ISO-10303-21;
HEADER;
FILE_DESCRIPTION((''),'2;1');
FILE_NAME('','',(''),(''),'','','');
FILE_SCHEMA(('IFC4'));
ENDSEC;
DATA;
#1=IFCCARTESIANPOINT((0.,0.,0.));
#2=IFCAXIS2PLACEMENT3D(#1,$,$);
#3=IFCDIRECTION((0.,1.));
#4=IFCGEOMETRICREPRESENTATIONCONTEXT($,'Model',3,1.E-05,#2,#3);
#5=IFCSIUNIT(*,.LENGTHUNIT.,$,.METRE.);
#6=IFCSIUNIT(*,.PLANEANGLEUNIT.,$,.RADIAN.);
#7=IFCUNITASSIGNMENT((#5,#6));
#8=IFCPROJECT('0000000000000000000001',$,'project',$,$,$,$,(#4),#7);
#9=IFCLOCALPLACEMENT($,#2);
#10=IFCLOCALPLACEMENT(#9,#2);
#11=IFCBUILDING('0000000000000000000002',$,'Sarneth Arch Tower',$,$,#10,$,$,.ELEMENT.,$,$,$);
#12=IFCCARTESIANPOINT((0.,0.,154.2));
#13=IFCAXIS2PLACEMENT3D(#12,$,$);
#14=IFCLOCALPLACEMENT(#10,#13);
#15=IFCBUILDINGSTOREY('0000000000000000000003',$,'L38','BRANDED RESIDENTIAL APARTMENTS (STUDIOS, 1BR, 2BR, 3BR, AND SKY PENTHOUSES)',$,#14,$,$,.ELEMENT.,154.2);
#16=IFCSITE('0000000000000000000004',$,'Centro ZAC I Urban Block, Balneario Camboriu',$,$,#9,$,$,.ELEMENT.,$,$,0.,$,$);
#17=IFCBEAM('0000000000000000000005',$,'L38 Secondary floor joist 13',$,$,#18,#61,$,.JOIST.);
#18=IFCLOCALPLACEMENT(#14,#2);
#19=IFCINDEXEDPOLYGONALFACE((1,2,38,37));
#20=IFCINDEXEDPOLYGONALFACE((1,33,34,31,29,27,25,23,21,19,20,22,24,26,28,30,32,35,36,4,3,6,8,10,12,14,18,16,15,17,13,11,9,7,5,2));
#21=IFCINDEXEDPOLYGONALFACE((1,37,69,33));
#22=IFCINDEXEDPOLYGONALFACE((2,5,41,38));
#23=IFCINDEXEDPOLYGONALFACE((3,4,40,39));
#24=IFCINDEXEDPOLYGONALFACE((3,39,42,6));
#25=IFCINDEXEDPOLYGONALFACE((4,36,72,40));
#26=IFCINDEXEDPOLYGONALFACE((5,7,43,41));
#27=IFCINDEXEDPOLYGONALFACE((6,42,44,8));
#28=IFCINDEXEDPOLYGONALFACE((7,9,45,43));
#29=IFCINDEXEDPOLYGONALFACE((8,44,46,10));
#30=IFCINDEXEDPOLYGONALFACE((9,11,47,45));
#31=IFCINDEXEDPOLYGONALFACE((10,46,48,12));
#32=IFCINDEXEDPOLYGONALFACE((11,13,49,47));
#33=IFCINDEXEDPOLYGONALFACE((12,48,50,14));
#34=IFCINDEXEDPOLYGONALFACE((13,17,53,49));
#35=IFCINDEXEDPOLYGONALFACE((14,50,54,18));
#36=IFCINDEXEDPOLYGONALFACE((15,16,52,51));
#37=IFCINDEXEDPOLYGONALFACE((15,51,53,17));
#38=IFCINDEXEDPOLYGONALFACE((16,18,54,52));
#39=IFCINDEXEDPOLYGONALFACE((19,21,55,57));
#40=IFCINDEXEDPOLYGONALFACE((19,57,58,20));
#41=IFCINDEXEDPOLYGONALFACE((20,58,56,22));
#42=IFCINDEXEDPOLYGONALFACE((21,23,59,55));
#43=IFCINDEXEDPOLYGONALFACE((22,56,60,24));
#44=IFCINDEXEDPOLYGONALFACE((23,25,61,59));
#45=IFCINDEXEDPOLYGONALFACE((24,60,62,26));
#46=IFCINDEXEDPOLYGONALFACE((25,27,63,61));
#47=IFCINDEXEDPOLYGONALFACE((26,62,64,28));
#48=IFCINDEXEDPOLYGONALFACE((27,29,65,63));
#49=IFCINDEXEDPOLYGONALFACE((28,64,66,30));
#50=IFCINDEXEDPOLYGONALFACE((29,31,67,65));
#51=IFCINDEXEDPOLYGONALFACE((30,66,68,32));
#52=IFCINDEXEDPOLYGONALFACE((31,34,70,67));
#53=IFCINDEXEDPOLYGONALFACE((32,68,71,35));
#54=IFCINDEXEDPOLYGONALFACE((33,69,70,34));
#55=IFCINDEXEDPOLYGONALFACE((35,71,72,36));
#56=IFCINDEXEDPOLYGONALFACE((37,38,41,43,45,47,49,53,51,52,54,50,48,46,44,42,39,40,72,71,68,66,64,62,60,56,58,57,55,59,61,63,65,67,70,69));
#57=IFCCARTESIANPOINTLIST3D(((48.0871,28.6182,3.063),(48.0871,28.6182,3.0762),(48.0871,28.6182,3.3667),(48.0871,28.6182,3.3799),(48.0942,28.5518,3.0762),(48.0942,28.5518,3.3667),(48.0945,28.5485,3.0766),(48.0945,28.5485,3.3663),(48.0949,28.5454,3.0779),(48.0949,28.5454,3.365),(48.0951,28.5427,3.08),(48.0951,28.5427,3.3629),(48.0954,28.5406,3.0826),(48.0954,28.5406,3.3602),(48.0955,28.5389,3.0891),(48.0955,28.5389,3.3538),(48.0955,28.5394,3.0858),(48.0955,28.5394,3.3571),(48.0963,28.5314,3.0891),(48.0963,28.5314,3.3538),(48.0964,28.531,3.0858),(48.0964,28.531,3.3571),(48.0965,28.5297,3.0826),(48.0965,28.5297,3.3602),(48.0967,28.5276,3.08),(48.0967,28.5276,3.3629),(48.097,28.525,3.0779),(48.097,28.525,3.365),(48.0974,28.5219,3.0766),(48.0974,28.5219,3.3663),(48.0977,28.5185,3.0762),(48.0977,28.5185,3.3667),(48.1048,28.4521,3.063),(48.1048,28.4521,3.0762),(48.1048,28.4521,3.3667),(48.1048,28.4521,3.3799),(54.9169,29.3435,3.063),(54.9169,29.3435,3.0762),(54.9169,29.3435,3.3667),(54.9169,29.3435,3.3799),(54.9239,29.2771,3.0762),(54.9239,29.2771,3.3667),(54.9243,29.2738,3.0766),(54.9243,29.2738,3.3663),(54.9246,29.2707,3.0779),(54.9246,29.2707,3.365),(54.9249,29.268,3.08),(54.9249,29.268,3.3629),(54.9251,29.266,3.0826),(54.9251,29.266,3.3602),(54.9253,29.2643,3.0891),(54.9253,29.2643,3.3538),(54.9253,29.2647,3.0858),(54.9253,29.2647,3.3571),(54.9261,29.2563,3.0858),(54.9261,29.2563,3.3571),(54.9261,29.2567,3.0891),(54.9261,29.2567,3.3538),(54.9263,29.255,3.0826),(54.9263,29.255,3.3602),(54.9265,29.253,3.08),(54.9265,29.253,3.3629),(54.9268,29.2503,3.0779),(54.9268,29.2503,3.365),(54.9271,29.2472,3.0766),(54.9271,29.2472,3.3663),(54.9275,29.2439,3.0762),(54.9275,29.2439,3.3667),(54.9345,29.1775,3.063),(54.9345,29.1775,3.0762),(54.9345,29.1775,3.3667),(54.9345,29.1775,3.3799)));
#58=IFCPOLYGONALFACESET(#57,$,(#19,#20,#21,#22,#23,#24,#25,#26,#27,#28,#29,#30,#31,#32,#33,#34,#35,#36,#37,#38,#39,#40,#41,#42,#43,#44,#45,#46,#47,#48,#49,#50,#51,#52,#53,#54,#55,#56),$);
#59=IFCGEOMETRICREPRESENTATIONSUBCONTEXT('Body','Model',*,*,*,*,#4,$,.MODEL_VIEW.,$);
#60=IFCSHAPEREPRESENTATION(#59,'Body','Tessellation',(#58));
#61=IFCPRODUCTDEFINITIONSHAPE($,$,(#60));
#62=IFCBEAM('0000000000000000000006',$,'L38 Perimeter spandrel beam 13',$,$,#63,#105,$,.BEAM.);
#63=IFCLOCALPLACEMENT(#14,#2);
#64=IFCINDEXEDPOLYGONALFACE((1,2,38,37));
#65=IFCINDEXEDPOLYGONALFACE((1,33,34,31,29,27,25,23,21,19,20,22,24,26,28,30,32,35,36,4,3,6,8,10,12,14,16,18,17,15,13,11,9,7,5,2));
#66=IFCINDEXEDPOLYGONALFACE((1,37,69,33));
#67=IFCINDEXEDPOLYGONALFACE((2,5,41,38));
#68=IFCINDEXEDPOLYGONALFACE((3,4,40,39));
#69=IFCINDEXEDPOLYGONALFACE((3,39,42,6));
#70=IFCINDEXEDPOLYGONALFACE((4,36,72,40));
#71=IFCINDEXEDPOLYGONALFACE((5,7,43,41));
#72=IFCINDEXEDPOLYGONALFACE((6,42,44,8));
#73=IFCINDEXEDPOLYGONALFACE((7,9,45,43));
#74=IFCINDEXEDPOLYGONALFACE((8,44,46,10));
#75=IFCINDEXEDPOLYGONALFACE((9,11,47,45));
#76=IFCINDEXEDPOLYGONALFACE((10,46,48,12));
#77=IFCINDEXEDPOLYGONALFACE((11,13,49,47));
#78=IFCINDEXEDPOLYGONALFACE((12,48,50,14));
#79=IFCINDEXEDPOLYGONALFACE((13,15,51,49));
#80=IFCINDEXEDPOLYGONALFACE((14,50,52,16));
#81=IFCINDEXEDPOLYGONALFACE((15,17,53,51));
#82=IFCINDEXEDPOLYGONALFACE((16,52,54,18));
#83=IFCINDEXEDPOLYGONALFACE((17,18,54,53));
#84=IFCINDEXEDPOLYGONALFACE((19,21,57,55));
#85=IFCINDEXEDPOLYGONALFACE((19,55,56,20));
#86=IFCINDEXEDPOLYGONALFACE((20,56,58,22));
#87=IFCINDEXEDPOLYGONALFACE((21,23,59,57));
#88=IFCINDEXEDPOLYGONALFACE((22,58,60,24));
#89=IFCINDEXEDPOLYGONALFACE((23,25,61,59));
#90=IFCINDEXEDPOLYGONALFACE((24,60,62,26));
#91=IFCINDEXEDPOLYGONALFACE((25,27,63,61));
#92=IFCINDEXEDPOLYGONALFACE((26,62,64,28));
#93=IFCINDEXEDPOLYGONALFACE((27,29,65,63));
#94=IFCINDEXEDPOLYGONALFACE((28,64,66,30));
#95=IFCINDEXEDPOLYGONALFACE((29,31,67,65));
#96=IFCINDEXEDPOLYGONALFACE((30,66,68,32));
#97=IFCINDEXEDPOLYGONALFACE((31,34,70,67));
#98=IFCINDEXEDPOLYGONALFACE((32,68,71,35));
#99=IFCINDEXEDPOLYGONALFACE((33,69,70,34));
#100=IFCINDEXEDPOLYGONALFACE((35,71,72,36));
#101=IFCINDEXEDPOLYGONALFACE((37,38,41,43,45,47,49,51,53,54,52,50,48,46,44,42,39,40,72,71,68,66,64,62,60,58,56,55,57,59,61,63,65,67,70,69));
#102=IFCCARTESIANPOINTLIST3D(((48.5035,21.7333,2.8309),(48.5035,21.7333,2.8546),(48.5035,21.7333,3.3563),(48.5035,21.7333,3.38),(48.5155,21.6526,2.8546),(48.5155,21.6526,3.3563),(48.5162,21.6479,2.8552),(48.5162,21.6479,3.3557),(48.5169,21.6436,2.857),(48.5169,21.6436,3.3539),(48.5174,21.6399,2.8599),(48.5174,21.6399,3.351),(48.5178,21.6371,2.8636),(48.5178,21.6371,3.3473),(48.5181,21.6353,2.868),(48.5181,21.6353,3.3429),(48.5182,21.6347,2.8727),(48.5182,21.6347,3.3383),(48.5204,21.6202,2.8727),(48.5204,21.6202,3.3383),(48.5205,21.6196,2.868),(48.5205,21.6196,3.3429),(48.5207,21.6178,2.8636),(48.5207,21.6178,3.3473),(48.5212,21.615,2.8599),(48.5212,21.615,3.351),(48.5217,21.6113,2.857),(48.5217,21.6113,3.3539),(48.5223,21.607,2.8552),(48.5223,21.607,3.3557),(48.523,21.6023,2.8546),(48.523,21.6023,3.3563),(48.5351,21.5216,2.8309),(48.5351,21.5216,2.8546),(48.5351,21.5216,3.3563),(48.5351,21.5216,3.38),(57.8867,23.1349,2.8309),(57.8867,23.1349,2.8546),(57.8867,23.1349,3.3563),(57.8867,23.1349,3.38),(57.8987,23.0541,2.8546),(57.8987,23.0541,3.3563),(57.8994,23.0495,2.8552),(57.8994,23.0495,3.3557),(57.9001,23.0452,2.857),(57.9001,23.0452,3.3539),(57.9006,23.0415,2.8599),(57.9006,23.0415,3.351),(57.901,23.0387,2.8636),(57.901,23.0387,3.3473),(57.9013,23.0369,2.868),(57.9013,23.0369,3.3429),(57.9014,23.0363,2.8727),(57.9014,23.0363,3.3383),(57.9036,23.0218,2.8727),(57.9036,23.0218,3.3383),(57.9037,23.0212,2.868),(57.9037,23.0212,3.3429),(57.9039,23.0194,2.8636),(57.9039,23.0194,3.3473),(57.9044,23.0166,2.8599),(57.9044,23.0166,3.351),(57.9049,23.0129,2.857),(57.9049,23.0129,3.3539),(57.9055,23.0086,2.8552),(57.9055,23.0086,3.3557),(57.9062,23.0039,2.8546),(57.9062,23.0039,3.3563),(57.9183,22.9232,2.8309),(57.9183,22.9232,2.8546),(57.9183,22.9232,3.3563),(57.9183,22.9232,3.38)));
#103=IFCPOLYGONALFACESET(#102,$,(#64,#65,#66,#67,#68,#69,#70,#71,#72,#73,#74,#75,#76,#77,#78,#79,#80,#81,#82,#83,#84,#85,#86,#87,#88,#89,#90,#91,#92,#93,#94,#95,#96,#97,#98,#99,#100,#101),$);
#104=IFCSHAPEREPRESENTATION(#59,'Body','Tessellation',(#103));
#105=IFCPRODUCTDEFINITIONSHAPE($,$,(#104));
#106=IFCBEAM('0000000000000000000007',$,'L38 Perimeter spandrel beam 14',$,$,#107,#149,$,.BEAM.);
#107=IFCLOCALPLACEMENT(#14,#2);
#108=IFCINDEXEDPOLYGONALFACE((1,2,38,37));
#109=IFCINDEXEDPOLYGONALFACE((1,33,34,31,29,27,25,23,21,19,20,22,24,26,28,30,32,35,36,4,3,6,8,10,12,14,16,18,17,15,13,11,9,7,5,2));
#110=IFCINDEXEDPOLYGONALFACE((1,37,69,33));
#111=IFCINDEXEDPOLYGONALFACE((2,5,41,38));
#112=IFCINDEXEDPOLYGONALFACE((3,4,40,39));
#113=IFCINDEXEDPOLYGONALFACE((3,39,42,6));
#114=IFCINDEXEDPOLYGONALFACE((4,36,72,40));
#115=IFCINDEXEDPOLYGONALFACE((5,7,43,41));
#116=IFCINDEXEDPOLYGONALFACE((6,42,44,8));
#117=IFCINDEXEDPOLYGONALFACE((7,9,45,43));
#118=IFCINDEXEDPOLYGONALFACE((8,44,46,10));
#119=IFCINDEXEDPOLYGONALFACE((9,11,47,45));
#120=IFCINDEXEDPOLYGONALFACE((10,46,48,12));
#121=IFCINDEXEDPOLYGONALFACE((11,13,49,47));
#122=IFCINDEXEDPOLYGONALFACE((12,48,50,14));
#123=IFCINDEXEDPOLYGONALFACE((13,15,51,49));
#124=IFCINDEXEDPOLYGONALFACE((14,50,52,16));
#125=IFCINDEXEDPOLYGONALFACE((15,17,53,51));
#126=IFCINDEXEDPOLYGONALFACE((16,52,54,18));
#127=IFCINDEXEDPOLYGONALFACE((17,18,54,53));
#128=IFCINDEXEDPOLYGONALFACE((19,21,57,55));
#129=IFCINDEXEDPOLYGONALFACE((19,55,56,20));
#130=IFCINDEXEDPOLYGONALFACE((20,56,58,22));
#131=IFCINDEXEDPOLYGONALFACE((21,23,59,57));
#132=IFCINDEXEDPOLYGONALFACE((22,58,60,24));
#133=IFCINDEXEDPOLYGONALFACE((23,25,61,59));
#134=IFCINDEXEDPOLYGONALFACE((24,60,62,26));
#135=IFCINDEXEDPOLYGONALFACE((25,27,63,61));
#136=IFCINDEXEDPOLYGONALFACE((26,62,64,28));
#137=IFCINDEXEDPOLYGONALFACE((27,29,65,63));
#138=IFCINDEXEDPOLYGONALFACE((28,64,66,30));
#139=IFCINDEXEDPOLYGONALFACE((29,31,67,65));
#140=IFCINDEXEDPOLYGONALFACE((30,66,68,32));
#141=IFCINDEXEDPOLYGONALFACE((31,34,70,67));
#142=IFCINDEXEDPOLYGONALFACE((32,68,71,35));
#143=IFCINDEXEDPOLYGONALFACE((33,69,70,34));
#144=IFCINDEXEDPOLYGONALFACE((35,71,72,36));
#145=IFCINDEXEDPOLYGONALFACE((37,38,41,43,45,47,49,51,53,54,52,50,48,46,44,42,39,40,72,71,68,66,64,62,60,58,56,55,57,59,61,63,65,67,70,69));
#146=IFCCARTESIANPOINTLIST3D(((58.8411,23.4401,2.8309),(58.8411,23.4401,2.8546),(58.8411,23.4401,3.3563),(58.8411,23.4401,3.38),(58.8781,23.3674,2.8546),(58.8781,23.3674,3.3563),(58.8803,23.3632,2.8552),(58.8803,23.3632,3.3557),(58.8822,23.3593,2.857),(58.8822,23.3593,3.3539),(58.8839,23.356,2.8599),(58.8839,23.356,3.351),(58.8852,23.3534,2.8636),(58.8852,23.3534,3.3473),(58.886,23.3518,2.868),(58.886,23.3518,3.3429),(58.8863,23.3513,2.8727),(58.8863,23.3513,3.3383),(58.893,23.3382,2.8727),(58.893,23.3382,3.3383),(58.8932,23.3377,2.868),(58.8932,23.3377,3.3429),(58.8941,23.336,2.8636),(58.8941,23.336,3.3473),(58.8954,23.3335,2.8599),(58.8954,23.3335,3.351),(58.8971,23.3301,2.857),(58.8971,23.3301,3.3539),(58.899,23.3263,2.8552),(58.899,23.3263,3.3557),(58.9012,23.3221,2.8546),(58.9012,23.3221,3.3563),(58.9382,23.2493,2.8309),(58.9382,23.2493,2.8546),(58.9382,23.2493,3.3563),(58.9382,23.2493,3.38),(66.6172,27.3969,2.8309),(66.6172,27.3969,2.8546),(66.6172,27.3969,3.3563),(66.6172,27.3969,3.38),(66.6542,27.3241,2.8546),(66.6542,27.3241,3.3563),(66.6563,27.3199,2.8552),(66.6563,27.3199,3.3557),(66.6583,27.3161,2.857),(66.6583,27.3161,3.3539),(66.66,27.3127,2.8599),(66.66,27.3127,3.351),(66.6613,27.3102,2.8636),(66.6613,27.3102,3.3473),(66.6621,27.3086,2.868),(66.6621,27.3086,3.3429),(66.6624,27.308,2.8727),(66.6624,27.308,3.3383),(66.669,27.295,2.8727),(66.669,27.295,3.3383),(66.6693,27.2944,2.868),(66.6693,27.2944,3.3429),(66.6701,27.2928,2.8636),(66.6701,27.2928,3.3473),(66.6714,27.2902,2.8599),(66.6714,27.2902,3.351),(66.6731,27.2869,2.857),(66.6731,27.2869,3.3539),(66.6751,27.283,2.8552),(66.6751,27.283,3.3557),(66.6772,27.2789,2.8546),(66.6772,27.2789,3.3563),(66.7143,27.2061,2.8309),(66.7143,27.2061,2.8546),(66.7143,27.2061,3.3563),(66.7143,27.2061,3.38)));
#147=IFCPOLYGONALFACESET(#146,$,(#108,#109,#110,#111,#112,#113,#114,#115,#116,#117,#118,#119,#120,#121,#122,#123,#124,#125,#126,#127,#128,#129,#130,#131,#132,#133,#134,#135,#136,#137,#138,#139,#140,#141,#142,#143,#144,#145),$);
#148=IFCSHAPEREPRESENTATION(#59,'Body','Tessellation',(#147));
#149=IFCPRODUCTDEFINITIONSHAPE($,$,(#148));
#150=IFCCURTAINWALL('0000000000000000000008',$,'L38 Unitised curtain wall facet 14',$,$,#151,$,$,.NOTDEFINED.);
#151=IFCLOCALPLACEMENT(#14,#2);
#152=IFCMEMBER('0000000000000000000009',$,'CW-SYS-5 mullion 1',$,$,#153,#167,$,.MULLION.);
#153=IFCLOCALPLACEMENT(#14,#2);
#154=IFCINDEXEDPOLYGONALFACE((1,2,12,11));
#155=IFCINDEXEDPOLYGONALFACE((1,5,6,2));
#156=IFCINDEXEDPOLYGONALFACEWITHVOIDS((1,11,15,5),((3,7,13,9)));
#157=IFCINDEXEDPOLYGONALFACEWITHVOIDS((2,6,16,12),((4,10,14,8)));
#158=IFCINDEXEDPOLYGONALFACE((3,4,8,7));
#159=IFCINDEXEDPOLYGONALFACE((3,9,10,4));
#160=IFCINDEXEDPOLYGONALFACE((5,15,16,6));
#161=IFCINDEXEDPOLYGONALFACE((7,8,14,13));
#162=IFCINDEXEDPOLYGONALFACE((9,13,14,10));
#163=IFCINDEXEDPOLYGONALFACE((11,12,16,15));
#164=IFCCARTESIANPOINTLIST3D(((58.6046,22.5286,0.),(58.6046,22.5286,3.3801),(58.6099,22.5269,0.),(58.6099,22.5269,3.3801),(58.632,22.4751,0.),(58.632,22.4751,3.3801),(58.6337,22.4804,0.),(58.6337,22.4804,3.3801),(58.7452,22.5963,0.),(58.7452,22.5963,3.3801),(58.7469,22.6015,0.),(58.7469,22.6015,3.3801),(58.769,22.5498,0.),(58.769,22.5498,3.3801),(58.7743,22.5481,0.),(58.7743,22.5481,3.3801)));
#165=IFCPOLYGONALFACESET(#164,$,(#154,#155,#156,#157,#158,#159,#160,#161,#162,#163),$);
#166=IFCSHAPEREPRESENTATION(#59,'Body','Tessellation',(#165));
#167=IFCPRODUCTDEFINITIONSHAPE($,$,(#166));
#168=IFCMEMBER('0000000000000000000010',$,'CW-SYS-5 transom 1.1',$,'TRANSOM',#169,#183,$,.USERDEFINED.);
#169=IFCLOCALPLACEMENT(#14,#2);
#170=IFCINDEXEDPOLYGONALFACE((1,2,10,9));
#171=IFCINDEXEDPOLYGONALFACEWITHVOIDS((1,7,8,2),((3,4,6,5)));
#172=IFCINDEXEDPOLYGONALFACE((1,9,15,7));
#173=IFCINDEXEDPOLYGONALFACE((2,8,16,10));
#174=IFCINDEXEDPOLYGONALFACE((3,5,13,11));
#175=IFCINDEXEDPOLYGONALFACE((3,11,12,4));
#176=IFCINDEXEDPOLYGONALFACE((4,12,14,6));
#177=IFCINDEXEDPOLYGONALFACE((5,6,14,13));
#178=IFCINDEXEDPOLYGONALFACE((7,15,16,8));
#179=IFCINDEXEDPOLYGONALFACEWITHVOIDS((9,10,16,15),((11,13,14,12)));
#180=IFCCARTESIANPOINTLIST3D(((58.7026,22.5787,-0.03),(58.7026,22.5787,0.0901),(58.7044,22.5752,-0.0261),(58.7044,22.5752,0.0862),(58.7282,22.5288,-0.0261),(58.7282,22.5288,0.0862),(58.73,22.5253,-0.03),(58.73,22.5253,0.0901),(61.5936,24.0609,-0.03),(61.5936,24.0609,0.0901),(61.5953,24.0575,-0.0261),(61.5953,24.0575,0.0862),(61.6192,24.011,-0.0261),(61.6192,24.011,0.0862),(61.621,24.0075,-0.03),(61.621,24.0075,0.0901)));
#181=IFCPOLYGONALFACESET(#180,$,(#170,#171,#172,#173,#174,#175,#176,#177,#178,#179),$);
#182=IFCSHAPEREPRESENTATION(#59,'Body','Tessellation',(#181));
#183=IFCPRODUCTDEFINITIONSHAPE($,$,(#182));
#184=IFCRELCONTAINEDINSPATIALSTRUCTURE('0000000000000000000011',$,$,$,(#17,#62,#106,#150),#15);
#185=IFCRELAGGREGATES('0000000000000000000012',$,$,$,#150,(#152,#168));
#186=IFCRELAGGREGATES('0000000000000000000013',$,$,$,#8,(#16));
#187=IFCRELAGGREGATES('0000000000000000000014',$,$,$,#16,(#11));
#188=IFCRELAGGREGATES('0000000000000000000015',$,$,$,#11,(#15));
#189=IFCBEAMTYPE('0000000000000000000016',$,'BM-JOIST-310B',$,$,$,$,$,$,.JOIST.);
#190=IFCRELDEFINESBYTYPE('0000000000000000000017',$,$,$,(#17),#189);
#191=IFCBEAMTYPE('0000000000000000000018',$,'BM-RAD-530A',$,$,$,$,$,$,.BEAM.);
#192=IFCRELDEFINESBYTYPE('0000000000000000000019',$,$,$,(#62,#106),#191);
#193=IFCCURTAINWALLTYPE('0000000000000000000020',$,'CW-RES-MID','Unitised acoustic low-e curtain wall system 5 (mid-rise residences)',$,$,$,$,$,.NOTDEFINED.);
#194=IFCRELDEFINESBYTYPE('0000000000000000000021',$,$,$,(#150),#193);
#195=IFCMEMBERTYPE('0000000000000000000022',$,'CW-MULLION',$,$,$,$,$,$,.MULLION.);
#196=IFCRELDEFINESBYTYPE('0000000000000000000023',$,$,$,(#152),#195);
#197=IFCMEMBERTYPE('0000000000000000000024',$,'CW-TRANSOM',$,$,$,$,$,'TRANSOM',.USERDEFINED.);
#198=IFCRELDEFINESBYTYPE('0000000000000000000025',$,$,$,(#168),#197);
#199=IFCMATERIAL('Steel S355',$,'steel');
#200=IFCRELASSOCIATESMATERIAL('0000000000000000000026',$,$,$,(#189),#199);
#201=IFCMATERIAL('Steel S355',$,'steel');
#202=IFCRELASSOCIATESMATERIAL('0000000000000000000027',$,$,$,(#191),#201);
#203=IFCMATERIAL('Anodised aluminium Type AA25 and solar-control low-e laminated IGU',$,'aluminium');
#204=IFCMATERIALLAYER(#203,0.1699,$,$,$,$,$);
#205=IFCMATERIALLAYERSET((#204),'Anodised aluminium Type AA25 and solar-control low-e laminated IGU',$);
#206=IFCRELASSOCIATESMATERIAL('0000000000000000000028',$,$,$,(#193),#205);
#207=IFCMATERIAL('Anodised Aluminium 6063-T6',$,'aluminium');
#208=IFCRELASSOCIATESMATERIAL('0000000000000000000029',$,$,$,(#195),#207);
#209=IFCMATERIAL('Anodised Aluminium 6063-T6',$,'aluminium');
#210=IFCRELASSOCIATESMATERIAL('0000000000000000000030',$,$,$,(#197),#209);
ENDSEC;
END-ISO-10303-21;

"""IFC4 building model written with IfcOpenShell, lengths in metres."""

from ifc_helpers import new_model, si_unit, direction, frame, origin, origin_2d, place, context, subcontext, project, spatial, hollow_rectangle, i_section, extrude, material, layer, layer_set, material_profile, profile_set, type_object, element, aggregate, save


model = new_model("IFC4")

# Units and contexts
model_context = context("Model", 3, precision=1e-05, world=origin(), true_north=direction((0.0, 1.0)))
body_context = subcontext(model_context, "Body", "Model", "MODEL_VIEW")
ifc_project = project(units=[si_unit("LENGTHUNIT", "METRE"), si_unit("PLANEANGLEUNIT", "RADIAN")], contexts=[model_context])

# Site, building, storey
site_placement = place(None, origin())
site = spatial("IfcSite", under=ifc_project, at=site_placement, Name="Centro ZAC I Urban Block, Balneario Camboriu", CompositionType="ELEMENT", RefElevation=0.0)
building_placement = place(site_placement, origin())
building = spatial("IfcBuilding", under=site, at=building_placement, Name="Sarneth Arch Tower", CompositionType="ELEMENT")
storey_placement = place(building_placement, frame((0.0, 0.0, 154.2)))
storey = spatial("IfcBuildingStorey", under=building, at=storey_placement, Name="L38", Description="BRANDED RESIDENTIAL APARTMENTS (STUDIOS, 1BR, 2BR, 3BR, AND SKY PENTHOUSES)", CompositionType="ELEMENT", Elevation=154.2)

# Beams
ifc_material_1 = material(Name="Steel S355", Category="steel")
ifc_material_profile_1 = material_profile(ifc_material_1, i_section(OverallWidth=0.167, OverallDepth=0.3169, WebThickness=0.0076, FlangeThickness=0.0132, FilletRadius=0.0129, at=origin_2d()), Name="W310x52")
ifc_profile_set_1 = profile_set([ifc_material_profile_1], Name="Steel S355")
beam_type_1 = type_object("IfcBeamType", Name="BM-JOIST-310B", PredefinedType="JOIST", material=ifc_profile_set_1)
beam_1_placement = place(storey_placement, frame((48.0959, 28.5352, 3.2214), z_axis=(0.994408, 0.105608, 0.0), x_axis=(-0.105608, 0.994408, 0.0)))
element("IfcBeam", 1, at=beam_1_placement, inside=storey, type_object=beam_type_1, Name="L38 Secondary floor joist 13", PredefinedType="JOIST", context=body_context, shape_type="SweptSolid", body=[
    extrude(i_section(OverallWidth=0.167, OverallDepth=0.3169, WebThickness=0.0076, FlangeThickness=0.0132, FilletRadius=0.0129, at=origin_2d()), origin(), (0.0, 0.0, 1.0), 6.8682),
])
ifc_material_2 = material(Name="Steel S355", Category="steel")
ifc_material_profile_2 = material_profile(ifc_material_2, i_section(OverallWidth=0.2141, OverallDepth=0.5491, WebThickness=0.0146, FlangeThickness=0.0237, FilletRadius=0.0181, at=origin_2d()), Name="W530x138")
ifc_profile_set_2 = profile_set([ifc_material_profile_2], Name="Steel S355")
beam_type_2 = type_object("IfcBeamType", Name="BM-RAD-530A", PredefinedType="BEAM", material=ifc_profile_set_2)
beam_2_placement = place(storey_placement, frame((48.5193, 21.6274, 3.1055), z_axis=(0.989027, 0.147734, 0.0), x_axis=(-0.147734, 0.989027, 0.0)))
element("IfcBeam", 2, at=beam_2_placement, inside=storey, type_object=beam_type_2, Name="L38 Perimeter spandrel beam 13", PredefinedType="BEAM", context=body_context, shape_type="SweptSolid", body=[
    extrude(i_section(OverallWidth=0.2141, OverallDepth=0.5491, WebThickness=0.0146, FlangeThickness=0.0237, FilletRadius=0.0181, at=origin_2d()), origin(), (0.0, 0.0, 1.0), 9.4873),
])
beam_3_placement = place(storey_placement, frame((58.8896, 23.3447, 3.1055), z_axis=(0.891254, 0.453504, 0.0), x_axis=(-0.453504, 0.891254, 0.0)))
element("IfcBeam", 3, at=beam_3_placement, inside=storey, type_object=beam_type_2, Name="L38 Perimeter spandrel beam 14", PredefinedType="BEAM", context=body_context, shape_type="SweptSolid", body=[
    extrude(i_section(OverallWidth=0.2141, OverallDepth=0.5491, WebThickness=0.0146, FlangeThickness=0.0237, FilletRadius=0.0181, at=origin_2d()), origin(), (0.0, 0.0, 1.0), 8.7249),
])

# Curtain wall, members
ifc_material_3 = material(Name="Anodised aluminium Type AA25 and solar-control low-e laminated IGU", Category="aluminium")
ifc_layer_1 = layer(ifc_material_3, 0.1699)
ifc_layer_set_1 = layer_set([ifc_layer_1], Name="Anodised aluminium Type AA25 and solar-control low-e laminated IGU")
curtain_wall_type = type_object("IfcCurtainWallType", Name="CW-RES-MID", Description="Unitised acoustic low-e curtain wall system 5 (mid-rise residences)", PredefinedType="NOTDEFINED", material=ifc_layer_set_1)
curtain_wall_placement = place(storey_placement, origin())
curtain_wall = element("IfcCurtainWall", 4, at=curtain_wall_placement, inside=storey, type_object=curtain_wall_type, Name="L38 Unitised curtain wall facet 14", PredefinedType="NOTDEFINED")
ifc_material_4 = material(Name="Anodised Aluminium 6063-T6", Category="aluminium")
ifc_material_profile_3 = material_profile(ifc_material_4, hollow_rectangle(XDim=0.0601, YDim=0.1599, WallThickness=0.0039, at=origin_2d()), Name="AL-MULL-160x60x4")
ifc_profile_set_3 = profile_set([ifc_material_profile_3], Name="Anodised Aluminium 6063-T6")
member_type_1 = type_object("IfcMemberType", Name="CW-MULLION", PredefinedType="MULLION", material=ifc_profile_set_3)
member_1_placement = place(storey_placement, frame((58.6895, 22.5383, 0.0), z_axis=(0.0, 0.0, 1.0), x_axis=(-0.456208, 0.889873, 0.0)))
member_1 = element("IfcMember", 5, at=member_1_placement, type_object=member_type_1, Name="CW-SYS-5 mullion 1", PredefinedType="MULLION", context=body_context, shape_type="SweptSolid", body=[
    extrude(hollow_rectangle(XDim=0.0601, YDim=0.1599, WallThickness=0.0039, at=origin_2d()), origin(), (0.0, 0.0, 1.0), 3.3801),
])
ifc_material_5 = material(Name="Anodised Aluminium 6063-T6", Category="aluminium")
ifc_material_profile_4 = material_profile(ifc_material_5, hollow_rectangle(XDim=0.0601, YDim=0.1201, WallThickness=0.0039, at=origin_2d()), Name="AL-TRAN-120x60x4")
ifc_profile_set_4 = profile_set([ifc_material_profile_4], Name="Anodised Aluminium 6063-T6")
member_type_2 = type_object("IfcMemberType", Name="CW-TRANSOM", ElementType="TRANSOM", PredefinedType="USERDEFINED", material=ifc_profile_set_4)
member_2_placement = place(storey_placement, frame((58.7163, 22.552, 0.03), z_axis=(0.889857, 0.456239, 0.0), x_axis=(-0.456239, 0.889857, 0.0)))
member_2 = element("IfcMember", 6, at=member_2_placement, type_object=member_type_2, Name="CW-SYS-5 transom 1.1", ObjectType="TRANSOM", PredefinedType="USERDEFINED", context=body_context, shape_type="SweptSolid", body=[
    extrude(hollow_rectangle(XDim=0.0601, YDim=0.1201, WallThickness=0.0039, at=origin_2d()), origin(), (0.0, 0.0, 1.0), 3.2488),
])
aggregate(curtain_wall, [member_1, member_2])

save(model, "model.ifc")
